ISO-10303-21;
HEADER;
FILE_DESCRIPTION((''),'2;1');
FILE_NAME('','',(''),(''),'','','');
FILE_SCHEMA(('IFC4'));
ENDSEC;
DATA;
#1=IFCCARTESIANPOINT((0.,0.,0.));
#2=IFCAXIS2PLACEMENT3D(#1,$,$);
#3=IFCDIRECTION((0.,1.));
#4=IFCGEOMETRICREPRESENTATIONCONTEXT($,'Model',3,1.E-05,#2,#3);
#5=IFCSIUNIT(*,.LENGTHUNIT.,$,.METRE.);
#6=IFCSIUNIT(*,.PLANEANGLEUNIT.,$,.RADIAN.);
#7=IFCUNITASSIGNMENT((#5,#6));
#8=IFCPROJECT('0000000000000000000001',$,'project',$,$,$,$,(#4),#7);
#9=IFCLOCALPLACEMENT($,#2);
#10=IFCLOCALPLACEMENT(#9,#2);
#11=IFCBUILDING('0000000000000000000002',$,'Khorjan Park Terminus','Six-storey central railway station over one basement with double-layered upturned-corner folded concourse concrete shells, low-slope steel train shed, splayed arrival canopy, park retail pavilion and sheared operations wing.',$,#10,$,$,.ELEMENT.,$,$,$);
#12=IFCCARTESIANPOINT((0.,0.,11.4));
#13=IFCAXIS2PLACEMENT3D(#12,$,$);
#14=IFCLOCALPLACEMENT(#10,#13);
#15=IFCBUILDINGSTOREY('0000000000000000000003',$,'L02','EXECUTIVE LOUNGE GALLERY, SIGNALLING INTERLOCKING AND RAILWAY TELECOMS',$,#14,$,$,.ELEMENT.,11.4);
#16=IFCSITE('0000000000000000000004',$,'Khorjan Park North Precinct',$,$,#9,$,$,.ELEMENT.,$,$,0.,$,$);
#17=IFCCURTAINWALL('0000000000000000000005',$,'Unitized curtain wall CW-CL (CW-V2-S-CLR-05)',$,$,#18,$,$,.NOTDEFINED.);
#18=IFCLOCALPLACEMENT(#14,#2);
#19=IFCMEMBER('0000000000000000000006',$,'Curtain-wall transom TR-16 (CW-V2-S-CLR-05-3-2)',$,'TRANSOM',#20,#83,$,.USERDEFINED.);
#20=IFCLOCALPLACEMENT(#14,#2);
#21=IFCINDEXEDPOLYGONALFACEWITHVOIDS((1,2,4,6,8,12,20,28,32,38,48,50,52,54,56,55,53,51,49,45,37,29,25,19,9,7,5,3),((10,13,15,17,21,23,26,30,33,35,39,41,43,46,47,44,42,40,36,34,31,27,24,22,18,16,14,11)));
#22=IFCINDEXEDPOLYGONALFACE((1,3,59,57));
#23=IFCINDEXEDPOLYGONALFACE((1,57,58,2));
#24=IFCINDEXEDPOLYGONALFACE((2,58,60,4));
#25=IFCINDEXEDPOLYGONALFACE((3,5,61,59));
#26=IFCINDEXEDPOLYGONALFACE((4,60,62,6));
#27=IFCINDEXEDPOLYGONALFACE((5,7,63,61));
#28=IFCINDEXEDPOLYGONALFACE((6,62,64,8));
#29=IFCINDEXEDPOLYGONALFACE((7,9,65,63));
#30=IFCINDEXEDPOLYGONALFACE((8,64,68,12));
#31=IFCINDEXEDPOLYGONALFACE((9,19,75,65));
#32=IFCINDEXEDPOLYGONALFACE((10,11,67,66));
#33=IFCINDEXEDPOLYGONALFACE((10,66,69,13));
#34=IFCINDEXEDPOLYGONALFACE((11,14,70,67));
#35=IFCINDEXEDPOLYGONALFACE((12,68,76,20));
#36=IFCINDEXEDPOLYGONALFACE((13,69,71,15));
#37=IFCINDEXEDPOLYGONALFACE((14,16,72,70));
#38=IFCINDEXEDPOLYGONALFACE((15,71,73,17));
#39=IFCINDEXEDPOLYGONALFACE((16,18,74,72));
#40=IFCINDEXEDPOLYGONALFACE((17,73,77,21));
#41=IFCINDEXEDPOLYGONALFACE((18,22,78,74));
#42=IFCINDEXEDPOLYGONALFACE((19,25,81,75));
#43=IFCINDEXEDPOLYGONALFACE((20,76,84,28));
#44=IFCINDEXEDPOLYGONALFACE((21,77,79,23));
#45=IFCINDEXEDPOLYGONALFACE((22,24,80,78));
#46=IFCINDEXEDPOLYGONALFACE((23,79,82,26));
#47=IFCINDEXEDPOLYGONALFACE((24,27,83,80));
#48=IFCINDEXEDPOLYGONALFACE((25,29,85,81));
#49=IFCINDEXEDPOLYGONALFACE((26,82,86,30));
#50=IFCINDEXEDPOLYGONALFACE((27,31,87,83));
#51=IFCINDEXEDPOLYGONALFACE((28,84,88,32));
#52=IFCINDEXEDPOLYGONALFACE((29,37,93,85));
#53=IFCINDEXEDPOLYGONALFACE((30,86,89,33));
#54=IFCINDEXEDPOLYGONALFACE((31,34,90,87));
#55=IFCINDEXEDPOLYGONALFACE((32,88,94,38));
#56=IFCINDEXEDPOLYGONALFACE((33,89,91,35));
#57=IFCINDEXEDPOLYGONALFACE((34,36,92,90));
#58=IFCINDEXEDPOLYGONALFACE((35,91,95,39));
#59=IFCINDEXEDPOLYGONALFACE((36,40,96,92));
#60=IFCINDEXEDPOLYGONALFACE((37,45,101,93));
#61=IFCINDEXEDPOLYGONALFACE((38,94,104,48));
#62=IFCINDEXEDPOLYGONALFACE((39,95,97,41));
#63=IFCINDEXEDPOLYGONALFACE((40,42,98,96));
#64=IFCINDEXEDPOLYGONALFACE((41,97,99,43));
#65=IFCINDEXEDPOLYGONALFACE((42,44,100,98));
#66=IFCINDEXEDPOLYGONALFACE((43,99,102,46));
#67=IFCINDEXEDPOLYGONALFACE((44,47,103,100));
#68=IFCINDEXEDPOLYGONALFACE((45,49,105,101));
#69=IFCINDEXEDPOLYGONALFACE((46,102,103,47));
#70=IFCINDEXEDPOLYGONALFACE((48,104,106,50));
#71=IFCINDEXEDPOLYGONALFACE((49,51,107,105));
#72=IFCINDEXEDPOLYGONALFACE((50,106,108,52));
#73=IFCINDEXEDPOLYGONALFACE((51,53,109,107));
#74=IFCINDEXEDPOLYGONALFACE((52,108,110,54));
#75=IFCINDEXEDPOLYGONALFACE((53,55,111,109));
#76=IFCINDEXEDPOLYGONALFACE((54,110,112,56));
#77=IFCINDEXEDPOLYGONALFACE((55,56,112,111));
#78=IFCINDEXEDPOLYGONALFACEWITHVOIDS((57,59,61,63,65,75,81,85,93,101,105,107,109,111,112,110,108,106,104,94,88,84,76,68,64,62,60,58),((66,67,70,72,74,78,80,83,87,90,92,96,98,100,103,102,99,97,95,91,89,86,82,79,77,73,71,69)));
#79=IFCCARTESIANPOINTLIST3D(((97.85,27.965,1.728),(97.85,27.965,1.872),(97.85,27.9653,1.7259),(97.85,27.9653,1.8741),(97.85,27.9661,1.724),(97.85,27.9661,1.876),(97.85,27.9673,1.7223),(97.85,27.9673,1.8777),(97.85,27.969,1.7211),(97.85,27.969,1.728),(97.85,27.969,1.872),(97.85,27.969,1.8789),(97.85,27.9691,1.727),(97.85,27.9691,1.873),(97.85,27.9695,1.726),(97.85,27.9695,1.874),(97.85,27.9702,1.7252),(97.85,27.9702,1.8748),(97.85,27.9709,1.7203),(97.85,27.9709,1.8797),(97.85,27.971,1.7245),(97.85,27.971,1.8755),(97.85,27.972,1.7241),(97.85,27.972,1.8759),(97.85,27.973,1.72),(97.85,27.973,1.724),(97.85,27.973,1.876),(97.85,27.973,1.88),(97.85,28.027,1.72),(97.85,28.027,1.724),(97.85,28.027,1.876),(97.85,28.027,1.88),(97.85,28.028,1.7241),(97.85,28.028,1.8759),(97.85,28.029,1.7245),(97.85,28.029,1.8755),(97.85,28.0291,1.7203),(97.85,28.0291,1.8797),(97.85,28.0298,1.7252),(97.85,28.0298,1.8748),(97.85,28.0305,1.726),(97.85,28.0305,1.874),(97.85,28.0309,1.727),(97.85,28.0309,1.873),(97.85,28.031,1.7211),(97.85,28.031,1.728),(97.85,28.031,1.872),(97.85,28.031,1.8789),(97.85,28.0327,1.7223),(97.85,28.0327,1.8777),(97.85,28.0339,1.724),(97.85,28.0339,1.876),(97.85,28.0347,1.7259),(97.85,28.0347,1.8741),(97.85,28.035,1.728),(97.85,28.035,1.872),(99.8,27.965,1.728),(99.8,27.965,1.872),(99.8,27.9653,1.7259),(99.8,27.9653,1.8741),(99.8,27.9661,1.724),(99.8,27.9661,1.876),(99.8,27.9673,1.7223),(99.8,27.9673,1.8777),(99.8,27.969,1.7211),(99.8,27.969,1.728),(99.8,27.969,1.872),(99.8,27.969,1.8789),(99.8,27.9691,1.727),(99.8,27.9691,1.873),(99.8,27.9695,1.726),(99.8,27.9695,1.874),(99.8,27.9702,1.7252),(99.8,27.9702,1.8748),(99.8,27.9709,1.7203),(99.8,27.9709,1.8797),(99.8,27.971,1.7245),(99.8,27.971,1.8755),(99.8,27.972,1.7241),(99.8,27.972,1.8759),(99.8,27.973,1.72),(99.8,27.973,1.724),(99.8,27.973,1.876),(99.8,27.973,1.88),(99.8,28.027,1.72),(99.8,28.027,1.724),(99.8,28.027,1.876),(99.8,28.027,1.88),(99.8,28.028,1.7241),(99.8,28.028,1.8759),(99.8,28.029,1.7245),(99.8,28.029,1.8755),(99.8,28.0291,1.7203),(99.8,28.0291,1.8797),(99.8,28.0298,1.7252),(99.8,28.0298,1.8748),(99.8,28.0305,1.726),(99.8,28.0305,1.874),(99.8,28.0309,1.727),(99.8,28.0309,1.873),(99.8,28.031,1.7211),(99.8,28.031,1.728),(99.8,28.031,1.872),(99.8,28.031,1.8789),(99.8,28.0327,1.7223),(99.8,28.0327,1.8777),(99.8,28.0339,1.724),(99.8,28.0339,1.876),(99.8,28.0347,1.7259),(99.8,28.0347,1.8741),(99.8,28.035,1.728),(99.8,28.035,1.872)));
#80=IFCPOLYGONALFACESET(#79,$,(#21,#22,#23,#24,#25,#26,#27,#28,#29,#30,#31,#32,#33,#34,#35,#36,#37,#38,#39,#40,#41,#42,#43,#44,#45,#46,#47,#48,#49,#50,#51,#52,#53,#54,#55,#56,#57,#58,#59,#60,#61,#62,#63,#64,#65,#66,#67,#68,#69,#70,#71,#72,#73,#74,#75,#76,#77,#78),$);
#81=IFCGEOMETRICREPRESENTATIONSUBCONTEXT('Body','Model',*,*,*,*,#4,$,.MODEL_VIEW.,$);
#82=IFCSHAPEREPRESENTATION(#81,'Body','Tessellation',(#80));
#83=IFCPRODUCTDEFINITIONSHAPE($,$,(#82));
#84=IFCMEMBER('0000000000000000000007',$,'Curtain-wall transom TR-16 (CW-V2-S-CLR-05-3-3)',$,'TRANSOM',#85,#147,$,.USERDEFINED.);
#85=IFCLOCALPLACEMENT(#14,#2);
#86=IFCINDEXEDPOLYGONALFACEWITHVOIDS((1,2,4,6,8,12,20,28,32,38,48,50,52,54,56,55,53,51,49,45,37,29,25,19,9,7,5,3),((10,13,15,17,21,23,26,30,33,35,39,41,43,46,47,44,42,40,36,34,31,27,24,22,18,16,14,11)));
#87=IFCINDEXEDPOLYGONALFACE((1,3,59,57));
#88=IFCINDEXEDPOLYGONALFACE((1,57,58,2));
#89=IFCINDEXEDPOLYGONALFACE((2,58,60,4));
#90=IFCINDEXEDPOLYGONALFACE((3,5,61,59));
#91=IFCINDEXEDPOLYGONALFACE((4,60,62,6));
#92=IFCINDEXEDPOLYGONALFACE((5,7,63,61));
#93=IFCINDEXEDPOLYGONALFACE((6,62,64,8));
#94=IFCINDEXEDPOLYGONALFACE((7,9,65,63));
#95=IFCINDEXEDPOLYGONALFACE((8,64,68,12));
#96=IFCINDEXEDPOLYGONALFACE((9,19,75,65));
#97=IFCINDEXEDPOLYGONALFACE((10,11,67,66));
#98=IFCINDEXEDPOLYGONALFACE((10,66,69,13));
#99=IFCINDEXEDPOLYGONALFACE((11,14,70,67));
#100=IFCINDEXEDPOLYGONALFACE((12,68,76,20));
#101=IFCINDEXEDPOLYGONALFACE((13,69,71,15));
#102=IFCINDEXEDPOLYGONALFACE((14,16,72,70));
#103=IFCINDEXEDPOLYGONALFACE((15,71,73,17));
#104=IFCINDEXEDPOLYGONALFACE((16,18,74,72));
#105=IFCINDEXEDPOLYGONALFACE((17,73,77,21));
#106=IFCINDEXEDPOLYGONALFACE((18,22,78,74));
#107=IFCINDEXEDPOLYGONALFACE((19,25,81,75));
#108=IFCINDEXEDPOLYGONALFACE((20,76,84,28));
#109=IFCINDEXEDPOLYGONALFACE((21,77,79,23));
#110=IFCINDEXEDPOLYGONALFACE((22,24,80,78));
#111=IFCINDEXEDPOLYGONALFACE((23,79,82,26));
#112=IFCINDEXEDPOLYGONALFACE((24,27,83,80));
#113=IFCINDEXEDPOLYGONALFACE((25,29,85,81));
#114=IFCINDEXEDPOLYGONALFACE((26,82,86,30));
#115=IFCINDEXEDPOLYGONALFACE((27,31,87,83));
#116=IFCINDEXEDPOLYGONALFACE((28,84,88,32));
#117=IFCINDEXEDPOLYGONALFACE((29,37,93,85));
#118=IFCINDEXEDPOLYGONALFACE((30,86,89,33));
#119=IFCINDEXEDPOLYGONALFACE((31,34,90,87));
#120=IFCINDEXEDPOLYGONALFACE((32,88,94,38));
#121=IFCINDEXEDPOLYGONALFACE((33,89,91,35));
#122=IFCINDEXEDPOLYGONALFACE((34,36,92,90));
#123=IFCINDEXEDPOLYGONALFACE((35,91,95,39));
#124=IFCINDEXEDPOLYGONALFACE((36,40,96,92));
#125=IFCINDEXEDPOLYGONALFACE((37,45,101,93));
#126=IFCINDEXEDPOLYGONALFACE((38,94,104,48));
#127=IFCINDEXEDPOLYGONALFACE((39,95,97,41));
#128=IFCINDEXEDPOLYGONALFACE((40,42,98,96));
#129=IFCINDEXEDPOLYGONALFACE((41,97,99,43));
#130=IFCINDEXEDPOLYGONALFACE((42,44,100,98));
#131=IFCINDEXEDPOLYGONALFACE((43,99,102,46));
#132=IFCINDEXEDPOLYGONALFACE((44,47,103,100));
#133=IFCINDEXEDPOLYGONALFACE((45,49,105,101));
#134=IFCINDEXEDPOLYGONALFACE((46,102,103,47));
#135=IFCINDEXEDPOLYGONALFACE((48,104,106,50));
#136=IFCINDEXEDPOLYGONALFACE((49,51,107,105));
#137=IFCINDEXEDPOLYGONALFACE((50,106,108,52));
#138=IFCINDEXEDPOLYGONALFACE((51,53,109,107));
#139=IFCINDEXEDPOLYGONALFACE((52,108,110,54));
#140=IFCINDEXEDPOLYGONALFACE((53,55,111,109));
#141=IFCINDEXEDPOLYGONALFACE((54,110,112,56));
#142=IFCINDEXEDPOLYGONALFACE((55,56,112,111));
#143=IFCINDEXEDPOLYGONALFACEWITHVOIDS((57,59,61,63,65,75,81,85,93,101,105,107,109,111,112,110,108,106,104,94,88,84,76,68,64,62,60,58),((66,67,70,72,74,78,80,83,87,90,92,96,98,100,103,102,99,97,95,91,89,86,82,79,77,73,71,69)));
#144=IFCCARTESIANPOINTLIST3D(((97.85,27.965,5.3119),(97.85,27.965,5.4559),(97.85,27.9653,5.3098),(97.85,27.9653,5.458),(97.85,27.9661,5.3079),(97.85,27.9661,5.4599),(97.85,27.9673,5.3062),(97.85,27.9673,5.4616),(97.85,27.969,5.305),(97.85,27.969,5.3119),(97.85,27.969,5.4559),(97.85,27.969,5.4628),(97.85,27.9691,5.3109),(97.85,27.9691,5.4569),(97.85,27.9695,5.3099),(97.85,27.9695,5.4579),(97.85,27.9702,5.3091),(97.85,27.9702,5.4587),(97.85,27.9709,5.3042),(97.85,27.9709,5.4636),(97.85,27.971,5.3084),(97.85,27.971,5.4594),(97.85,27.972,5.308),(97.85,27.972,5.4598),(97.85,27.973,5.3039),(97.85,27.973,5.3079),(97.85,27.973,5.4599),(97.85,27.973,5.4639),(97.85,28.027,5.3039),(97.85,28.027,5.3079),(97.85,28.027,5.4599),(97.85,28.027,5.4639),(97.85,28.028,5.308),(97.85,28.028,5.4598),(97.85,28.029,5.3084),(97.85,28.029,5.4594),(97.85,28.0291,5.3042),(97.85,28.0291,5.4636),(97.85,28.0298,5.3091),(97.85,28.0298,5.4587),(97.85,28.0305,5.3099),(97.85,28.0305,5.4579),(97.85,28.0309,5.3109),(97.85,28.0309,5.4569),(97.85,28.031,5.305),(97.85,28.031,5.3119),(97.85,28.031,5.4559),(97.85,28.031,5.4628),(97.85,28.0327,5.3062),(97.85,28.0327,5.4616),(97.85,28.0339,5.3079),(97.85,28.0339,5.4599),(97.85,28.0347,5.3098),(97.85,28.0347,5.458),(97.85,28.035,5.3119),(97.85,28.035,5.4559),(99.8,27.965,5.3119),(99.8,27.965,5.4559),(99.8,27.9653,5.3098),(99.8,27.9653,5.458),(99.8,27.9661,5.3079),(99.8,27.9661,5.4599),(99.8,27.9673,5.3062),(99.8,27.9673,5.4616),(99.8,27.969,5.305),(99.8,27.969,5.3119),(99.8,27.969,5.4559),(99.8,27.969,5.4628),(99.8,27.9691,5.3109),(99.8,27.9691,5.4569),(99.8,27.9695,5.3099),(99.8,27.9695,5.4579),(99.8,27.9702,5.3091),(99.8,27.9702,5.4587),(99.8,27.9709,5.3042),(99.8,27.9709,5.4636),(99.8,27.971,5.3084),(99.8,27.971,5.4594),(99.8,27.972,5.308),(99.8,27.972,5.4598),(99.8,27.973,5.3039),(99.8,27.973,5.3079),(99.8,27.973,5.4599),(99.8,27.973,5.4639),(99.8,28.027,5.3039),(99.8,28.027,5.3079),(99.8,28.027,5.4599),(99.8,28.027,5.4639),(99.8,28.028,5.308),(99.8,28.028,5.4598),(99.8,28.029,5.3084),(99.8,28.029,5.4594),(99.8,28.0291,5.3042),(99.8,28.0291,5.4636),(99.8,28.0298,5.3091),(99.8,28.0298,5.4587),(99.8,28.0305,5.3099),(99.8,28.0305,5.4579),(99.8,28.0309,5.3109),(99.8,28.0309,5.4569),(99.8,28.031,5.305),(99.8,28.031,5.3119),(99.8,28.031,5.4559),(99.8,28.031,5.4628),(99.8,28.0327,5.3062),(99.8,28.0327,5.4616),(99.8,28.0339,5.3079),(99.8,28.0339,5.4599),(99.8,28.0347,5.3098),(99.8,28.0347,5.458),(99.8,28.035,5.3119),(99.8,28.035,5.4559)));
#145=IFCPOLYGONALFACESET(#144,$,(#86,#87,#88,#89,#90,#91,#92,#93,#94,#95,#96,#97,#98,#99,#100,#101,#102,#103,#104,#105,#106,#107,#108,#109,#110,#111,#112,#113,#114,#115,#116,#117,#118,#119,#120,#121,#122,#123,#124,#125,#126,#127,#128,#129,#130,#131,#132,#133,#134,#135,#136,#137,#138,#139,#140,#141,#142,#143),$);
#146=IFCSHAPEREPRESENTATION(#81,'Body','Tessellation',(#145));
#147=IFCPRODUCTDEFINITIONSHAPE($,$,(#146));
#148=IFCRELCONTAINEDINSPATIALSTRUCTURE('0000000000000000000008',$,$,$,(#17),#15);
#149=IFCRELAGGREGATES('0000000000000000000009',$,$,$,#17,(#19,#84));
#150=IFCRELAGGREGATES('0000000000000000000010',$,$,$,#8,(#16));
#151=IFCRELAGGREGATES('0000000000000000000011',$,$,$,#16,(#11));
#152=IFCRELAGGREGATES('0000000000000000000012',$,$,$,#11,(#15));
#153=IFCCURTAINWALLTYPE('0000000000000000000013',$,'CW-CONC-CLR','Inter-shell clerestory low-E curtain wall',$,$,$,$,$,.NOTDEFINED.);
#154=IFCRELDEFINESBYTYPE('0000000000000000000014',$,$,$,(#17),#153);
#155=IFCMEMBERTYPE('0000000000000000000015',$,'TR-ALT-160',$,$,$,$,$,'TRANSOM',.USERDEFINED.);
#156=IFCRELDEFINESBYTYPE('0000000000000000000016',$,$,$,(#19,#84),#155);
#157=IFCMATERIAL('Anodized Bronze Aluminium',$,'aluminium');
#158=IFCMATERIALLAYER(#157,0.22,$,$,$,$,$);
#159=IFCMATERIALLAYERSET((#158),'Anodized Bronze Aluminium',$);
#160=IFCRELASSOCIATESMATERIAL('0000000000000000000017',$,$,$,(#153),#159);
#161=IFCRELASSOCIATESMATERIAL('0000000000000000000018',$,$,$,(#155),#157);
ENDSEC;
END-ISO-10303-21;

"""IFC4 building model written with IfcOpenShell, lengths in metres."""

from ifc_helpers import new_model, si_unit, direction, frame, origin, origin_2d, place, context, subcontext, project, spatial, hollow_rectangle, extrude, material, layer, layer_set, material_profile, profile_set, type_object, element, aggregate, save


model = new_model("IFC4")

# Units and contexts
model_context = context("Model", 3, precision=1e-05, world=origin(), true_north=direction((0.0, 1.0)))
body_context = subcontext(model_context, "Body", "Model", "MODEL_VIEW")
ifc_project = project(units=[si_unit("LENGTHUNIT", "METRE"), si_unit("PLANEANGLEUNIT", "RADIAN")], contexts=[model_context])

# Site, building, storey
site_placement = place(None, origin())
site = spatial("IfcSite", under=ifc_project, at=site_placement, Name="Khorjan Park North Precinct", CompositionType="ELEMENT", RefElevation=0.0)
building_placement = place(site_placement, origin())
building = spatial("IfcBuilding", under=site, at=building_placement, Name="Khorjan Park Terminus", Description="Six-storey central railway station over one basement with double-layered upturned-corner folded concourse concrete shells, low-slope steel train shed, splayed arrival canopy, park retail pavilion and sheared operations wing.", CompositionType="ELEMENT")
storey_placement = place(building_placement, frame((0.0, 0.0, 11.4)))
storey = spatial("IfcBuildingStorey", under=building, at=storey_placement, Name="L02", Description="EXECUTIVE LOUNGE GALLERY, SIGNALLING INTERLOCKING AND RAILWAY TELECOMS", CompositionType="ELEMENT", Elevation=11.4)

# Curtain wall
ifc_material_1 = material(Name="Anodized Bronze Aluminium", Category="aluminium")
ifc_layer_1 = layer(ifc_material_1, 0.22)
ifc_layer_set_1 = layer_set([ifc_layer_1], Name="Anodized Bronze Aluminium")
curtain_wall_type = type_object("IfcCurtainWallType", Name="CW-CONC-CLR", Description="Inter-shell clerestory low-E curtain wall", PredefinedType="NOTDEFINED", material=ifc_layer_set_1)
curtain_wall_1_placement = place(storey_placement, origin())
curtain_wall_1 = element("IfcCurtainWall", 1, at=curtain_wall_1_placement, inside=storey, type_object=curtain_wall_type, Name="Unitized curtain wall CW-CL (CW-V2-S-CLR-05)", PredefinedType="NOTDEFINED")

# Members
ifc_material_profile_1 = material_profile(ifc_material_1, hollow_rectangle(XDim=0.07, YDim=0.16, WallThickness=0.004, InnerFilletRadius=0.004, OuterFilletRadius=0.008, at=origin_2d()), Name="ALT 70x160x4")
ifc_profile_set_1 = profile_set([ifc_material_profile_1], Name="Anodized Bronze Aluminium")
member_type_1 = type_object("IfcMemberType", Name="TR-ALT-160", ElementType="TRANSOM", PredefinedType="USERDEFINED", material=ifc_profile_set_1)
member_1_placement = place(storey_placement, frame((97.85, 28.0, 1.8), z_axis=(1.0, 0.0, 0.0), x_axis=(0.0, 1.0, 0.0)))
member_1 = element("IfcMember", 2, at=member_1_placement, type_object=member_type_1, Name="Curtain-wall transom TR-16 (CW-V2-S-CLR-05-3-2)", ObjectType="TRANSOM", PredefinedType="USERDEFINED", context=body_context, shape_type="SweptSolid", body=[
    extrude(hollow_rectangle(XDim=0.07, YDim=0.16, WallThickness=0.004, InnerFilletRadius=0.004, OuterFilletRadius=0.008, at=origin_2d()), origin(), (0.0, 0.0, 1.0), 1.95),
])
member_2_placement = place(storey_placement, frame((97.85, 28.0, 5.3839), z_axis=(1.0, 0.0, 0.0), x_axis=(0.0, 1.0, 0.0)))
member_2 = element("IfcMember", 3, at=member_2_placement, type_object=member_type_1, Name="Curtain-wall transom TR-16 (CW-V2-S-CLR-05-3-3)", ObjectType="TRANSOM", PredefinedType="USERDEFINED", context=body_context, shape_type="SweptSolid", body=[
    extrude(hollow_rectangle(XDim=0.07, YDim=0.16, WallThickness=0.004, InnerFilletRadius=0.004, OuterFilletRadius=0.008, at=origin_2d()), origin(), (0.0, 0.0, 1.0), 1.95),
])

aggregate(curtain_wall_1, [member_1, member_2])

save(model, "model.ifc")
